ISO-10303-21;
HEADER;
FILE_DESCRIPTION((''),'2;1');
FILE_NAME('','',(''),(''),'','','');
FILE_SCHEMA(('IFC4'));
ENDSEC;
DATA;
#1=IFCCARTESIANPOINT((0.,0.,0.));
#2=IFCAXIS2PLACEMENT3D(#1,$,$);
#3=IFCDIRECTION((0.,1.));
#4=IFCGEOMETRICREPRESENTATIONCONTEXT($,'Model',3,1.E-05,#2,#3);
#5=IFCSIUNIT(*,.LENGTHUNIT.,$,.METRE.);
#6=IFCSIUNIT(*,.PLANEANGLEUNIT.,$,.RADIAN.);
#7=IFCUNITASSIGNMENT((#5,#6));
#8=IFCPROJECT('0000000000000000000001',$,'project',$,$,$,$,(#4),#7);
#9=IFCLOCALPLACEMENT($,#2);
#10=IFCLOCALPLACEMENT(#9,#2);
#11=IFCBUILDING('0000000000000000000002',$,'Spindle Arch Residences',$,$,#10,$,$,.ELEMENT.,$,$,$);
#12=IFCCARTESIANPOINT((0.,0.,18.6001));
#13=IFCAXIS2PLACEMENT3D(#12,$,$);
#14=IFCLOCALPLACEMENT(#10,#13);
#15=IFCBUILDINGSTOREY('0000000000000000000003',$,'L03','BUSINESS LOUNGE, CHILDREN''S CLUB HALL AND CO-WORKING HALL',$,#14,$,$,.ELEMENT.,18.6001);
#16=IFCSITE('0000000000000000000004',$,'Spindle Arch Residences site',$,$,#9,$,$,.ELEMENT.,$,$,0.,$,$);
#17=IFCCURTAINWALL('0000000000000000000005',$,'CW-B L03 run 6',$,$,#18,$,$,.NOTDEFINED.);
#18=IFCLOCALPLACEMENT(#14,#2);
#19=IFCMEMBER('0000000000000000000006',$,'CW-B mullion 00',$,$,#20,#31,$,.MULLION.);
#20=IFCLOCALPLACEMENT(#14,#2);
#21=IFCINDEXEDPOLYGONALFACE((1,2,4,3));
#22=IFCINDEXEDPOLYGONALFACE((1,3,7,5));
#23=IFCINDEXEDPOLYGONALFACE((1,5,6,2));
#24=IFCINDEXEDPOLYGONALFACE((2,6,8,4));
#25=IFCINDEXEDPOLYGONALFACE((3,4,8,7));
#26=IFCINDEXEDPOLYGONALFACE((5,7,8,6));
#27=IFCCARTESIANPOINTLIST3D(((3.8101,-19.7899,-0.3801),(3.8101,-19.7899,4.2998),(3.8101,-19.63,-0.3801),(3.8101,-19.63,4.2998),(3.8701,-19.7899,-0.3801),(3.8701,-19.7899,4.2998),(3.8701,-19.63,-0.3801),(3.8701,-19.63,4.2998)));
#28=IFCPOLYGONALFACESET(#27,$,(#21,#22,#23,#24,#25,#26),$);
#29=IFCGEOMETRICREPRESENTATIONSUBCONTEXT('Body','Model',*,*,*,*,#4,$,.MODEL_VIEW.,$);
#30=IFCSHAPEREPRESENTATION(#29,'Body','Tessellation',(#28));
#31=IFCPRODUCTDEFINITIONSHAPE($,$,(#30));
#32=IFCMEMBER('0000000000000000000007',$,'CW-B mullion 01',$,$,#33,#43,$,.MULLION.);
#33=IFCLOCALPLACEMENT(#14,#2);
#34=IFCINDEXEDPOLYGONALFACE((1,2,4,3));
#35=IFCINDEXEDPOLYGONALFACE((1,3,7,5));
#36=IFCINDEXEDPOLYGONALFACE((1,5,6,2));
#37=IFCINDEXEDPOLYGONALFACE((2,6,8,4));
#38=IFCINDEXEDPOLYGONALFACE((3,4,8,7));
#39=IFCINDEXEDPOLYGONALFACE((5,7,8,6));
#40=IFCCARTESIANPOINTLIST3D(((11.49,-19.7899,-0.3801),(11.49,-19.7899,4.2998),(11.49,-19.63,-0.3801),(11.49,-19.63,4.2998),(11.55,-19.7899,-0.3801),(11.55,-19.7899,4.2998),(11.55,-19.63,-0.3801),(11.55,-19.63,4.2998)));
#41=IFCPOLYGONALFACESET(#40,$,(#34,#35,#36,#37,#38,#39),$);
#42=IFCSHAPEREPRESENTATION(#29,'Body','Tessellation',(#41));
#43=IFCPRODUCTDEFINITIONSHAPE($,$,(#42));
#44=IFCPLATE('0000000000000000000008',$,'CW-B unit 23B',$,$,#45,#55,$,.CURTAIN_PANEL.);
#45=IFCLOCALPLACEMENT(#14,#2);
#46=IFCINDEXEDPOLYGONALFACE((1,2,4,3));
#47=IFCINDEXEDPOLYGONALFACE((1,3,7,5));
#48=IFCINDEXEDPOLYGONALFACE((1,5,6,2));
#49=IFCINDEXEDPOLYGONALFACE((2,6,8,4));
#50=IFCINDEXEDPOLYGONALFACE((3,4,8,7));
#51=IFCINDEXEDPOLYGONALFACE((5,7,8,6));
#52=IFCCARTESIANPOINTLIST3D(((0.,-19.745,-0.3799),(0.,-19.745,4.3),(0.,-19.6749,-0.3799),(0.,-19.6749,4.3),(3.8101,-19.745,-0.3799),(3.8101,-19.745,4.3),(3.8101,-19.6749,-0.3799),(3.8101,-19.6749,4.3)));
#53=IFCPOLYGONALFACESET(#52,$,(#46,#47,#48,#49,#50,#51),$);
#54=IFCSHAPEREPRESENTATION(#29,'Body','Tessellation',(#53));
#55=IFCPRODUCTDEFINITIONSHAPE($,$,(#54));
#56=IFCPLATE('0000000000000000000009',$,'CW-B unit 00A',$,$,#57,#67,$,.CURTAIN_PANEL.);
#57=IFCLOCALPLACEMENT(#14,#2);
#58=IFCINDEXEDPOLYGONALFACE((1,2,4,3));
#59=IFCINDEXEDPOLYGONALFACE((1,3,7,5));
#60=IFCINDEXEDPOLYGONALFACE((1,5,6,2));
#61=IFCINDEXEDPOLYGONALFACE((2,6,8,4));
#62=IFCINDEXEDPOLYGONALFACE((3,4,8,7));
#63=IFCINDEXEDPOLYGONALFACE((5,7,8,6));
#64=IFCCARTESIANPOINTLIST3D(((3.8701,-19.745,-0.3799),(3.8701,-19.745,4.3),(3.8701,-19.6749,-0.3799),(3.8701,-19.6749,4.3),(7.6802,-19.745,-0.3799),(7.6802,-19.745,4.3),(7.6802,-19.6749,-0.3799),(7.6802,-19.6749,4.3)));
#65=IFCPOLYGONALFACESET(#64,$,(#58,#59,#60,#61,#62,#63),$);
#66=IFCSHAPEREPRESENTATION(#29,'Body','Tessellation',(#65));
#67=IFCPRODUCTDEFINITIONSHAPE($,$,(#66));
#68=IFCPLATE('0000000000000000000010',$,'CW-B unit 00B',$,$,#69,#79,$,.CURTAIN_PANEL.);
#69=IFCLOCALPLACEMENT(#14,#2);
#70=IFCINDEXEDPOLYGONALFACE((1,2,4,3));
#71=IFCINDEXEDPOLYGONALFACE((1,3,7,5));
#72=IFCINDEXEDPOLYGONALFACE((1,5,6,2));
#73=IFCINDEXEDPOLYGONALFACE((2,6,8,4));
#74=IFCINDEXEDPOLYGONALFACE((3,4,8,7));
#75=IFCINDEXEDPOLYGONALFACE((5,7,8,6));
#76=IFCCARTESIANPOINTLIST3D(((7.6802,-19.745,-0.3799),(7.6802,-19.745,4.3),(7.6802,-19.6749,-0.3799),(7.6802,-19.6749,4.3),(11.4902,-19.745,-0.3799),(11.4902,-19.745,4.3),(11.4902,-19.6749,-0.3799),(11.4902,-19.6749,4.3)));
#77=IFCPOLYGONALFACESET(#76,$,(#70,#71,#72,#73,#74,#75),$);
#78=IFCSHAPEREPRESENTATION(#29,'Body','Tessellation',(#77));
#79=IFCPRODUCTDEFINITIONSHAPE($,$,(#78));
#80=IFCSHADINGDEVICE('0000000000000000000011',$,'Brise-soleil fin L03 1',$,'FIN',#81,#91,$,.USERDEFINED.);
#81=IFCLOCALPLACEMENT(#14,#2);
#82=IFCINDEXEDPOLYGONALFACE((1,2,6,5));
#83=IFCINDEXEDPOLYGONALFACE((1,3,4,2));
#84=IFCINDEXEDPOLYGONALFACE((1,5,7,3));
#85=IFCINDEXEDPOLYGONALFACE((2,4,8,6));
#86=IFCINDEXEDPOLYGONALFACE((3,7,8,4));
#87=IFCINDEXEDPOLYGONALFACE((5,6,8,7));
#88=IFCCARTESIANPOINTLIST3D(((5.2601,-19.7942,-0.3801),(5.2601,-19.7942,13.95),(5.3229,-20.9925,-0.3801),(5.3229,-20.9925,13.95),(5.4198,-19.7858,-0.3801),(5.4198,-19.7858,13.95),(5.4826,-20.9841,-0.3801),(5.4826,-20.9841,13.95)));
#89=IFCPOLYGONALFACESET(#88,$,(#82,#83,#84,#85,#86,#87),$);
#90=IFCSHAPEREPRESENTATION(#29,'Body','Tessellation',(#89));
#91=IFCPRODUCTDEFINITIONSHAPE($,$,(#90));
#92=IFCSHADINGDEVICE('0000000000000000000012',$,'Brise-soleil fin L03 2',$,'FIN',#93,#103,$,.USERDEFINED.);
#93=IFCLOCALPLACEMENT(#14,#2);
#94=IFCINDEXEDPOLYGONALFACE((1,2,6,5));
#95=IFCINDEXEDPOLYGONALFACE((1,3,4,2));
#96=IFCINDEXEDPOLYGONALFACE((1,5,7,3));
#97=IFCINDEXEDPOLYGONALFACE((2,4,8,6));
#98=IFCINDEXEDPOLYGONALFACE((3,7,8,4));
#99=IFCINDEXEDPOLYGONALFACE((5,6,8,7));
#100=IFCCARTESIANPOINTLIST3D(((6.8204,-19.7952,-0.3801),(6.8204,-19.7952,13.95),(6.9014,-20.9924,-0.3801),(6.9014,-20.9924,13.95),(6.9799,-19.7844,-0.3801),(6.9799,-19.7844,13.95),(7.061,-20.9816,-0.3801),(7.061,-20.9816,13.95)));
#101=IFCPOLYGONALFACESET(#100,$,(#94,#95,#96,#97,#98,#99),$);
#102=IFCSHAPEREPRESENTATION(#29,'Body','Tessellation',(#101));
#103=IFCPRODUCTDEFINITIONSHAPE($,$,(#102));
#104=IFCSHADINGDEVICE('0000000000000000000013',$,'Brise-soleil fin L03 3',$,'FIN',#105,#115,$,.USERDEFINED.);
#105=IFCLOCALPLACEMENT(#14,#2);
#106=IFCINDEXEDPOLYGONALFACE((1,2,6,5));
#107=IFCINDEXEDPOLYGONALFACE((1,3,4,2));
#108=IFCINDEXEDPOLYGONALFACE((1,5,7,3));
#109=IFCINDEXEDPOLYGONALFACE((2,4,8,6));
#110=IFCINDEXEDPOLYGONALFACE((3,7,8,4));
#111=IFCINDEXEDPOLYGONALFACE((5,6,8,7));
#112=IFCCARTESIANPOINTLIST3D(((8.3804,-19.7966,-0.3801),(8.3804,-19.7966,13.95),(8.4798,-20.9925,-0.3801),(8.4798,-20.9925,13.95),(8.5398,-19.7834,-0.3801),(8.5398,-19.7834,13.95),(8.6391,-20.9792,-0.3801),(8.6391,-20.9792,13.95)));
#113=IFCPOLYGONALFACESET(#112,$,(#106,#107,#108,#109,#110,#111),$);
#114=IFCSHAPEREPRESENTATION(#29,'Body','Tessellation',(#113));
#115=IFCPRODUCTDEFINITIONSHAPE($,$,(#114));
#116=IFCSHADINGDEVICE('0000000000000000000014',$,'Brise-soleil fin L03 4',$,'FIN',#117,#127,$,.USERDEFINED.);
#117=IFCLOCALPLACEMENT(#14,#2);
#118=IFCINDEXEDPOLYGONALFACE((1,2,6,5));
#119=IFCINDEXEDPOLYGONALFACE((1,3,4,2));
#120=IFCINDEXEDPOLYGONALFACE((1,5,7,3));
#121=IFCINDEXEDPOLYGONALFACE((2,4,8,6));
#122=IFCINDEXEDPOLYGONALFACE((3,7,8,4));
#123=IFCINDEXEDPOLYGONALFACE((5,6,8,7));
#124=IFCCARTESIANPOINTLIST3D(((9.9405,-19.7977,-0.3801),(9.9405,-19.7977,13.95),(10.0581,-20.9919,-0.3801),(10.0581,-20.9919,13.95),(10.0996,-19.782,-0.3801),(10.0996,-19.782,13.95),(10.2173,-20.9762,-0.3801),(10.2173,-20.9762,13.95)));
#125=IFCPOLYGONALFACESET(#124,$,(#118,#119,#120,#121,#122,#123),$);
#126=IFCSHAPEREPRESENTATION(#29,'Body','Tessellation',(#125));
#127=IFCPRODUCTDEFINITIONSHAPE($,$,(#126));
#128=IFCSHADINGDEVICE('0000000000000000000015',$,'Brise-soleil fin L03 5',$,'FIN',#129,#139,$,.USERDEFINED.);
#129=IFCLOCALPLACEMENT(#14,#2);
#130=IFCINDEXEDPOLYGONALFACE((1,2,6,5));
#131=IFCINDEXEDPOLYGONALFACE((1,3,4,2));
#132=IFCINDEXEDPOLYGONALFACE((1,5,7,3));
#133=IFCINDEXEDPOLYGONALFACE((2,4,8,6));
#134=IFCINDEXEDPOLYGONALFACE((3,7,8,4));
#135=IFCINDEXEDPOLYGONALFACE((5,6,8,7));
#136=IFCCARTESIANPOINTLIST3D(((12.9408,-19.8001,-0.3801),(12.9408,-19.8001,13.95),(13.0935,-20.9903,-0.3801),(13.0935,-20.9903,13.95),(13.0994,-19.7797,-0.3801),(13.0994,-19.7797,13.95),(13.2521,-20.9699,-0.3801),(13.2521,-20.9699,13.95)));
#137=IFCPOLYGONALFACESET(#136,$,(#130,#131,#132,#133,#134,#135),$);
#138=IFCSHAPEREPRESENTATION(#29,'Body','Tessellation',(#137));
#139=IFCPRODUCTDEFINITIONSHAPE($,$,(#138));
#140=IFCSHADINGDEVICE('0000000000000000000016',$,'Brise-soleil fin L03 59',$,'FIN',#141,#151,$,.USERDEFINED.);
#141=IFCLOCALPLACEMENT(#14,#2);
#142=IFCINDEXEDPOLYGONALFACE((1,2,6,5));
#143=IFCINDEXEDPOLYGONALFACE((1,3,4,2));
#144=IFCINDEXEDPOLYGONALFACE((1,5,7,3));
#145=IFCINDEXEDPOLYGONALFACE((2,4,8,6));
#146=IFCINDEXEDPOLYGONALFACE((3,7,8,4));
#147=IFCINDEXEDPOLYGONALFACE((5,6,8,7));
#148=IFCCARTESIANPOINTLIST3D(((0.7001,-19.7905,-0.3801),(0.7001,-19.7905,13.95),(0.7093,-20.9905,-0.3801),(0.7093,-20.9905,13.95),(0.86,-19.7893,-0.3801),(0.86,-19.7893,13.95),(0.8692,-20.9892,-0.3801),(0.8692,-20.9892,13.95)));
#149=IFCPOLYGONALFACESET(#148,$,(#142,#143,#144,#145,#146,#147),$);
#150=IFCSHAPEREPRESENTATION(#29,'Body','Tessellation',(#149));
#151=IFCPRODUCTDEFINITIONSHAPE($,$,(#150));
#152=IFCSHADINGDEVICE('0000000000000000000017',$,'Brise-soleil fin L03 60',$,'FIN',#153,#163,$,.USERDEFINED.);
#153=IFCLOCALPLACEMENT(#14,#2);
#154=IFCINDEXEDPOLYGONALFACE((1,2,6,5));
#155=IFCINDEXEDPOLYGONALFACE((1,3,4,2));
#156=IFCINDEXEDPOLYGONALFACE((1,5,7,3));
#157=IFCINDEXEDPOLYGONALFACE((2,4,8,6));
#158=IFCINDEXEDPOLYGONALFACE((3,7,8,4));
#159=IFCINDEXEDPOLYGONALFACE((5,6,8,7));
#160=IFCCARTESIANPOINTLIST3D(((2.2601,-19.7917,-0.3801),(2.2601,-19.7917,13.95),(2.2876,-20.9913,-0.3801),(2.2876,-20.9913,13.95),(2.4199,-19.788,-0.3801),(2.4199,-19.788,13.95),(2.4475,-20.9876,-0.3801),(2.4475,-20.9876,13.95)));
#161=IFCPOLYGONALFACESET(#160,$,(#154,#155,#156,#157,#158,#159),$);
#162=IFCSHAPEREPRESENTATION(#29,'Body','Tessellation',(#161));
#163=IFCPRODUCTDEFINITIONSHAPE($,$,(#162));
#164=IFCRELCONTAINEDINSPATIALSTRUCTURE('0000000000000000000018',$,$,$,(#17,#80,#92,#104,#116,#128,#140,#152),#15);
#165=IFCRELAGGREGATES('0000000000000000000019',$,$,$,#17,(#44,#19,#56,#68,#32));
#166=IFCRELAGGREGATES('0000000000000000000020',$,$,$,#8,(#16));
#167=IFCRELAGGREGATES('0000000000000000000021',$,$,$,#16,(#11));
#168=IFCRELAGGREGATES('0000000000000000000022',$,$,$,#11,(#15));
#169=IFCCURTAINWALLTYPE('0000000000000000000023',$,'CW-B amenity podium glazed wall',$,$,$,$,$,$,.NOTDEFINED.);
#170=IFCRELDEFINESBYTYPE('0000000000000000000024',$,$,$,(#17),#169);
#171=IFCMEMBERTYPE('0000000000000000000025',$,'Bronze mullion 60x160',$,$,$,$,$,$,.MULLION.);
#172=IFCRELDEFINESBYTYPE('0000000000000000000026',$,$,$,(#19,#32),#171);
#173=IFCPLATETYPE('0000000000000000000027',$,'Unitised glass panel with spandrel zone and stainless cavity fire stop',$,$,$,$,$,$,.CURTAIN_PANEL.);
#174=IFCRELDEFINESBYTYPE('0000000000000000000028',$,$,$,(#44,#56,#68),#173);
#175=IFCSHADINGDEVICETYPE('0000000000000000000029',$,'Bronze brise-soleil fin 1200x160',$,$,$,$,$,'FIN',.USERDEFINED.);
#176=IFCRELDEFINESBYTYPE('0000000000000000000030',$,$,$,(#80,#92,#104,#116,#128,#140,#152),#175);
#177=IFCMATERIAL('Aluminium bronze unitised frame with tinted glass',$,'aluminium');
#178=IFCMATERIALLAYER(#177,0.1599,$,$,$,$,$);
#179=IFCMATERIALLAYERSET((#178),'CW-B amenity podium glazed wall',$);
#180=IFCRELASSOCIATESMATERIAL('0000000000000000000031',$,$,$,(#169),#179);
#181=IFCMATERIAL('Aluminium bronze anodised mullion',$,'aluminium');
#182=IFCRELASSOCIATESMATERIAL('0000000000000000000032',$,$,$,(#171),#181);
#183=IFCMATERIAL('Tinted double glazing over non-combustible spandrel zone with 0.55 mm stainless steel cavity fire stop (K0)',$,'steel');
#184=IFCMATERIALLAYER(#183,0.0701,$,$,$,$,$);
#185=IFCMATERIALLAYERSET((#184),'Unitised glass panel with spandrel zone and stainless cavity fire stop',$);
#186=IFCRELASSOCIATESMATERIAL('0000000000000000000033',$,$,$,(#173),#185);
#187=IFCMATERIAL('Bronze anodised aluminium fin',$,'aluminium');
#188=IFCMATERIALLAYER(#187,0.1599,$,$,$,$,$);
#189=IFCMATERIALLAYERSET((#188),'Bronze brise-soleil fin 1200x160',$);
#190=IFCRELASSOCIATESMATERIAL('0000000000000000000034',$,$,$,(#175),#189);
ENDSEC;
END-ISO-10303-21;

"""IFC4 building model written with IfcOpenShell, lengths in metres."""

from ifc_helpers import new_model, si_unit, direction, frame, origin, origin_2d, place, context, subcontext, project, spatial, rectangle, extrude, material, layer, layer_set, material_profile, profile_set, type_object, element, aggregate, save


model = new_model("IFC4")

# Units and contexts
model_context = context("Model", 3, precision=1e-05, world=origin(), true_north=direction((0.0, 1.0)))
body_context = subcontext(model_context, "Body", "Model", "MODEL_VIEW")
ifc_project = project(units=[si_unit("LENGTHUNIT", "METRE"), si_unit("PLANEANGLEUNIT", "RADIAN")], contexts=[model_context])

# Site, building, storey
site_placement = place(None, origin())
site = spatial("IfcSite", under=ifc_project, at=site_placement, Name="Spindle Arch Residences site", CompositionType="ELEMENT", RefElevation=0.0)
building_placement = place(site_placement, origin())
building = spatial("IfcBuilding", under=site, at=building_placement, Name="Spindle Arch Residences", CompositionType="ELEMENT")
storey_placement = place(building_placement, frame((0.0, 0.0, 18.6001)))
storey = spatial("IfcBuildingStorey", under=building, at=storey_placement, Name="L03", Description="BUSINESS LOUNGE, CHILDREN'S CLUB HALL AND CO-WORKING HALL", CompositionType="ELEMENT", Elevation=18.6001)

# Curtain wall, members, plates
ifc_material_1 = material(Name="Aluminium bronze unitised frame with tinted glass", Category="aluminium")
ifc_layer_1 = layer(ifc_material_1, 0.1599)
ifc_layer_set_1 = layer_set([ifc_layer_1], Name="CW-B amenity podium glazed wall")
curtain_wall_type = type_object("IfcCurtainWallType", Name="CW-B amenity podium glazed wall", PredefinedType="NOTDEFINED", material=ifc_layer_set_1)
curtain_wall_placement = place(storey_placement, origin())
curtain_wall = element("IfcCurtainWall", 1, at=curtain_wall_placement, inside=storey, type_object=curtain_wall_type, Name="CW-B L03 run 6", PredefinedType="NOTDEFINED")
ifc_material_2 = material(Name="Aluminium bronze anodised mullion", Category="aluminium")
ifc_material_profile_1 = material_profile(ifc_material_2, rectangle(XDim=0.1599, YDim=0.0601, at=origin_2d()), Name="MU 60x160")
ifc_profile_set_1 = profile_set([ifc_material_profile_1], Name="Aluminium bronze anodised mullion")
member_type_1 = type_object("IfcMemberType", Name="Bronze mullion 60x160", PredefinedType="MULLION", material=ifc_profile_set_1)
member_1_placement = place(storey_placement, frame((3.8401, -19.71, -0.3801), z_axis=(0.0, 0.0, 1.0), x_axis=(0.0, 1.0, 0.0)))
member_1 = element("IfcMember", 2, at=member_1_placement, type_object=member_type_1, Name="CW-B mullion 00", PredefinedType="MULLION", context=body_context, shape_type="SweptSolid", body=[
    extrude(rectangle(XDim=0.1599, YDim=0.0601, at=origin_2d()), origin(), (0.0, 0.0, 1.0), 4.6799),
])
member_2_placement = place(storey_placement, frame((11.52, -19.71, -0.3801), z_axis=(0.0, 0.0, 1.0), x_axis=(0.0, 1.0, 0.0)))
member_2 = element("IfcMember", 3, at=member_2_placement, type_object=member_type_1, Name="CW-B mullion 01", PredefinedType="MULLION", context=body_context, shape_type="SweptSolid", body=[
    extrude(rectangle(XDim=0.1599, YDim=0.0601, at=origin_2d()), origin(), (0.0, 0.0, 1.0), 4.6799),
])
ifc_material_3 = material(Name="Tinted double glazing over non-combustible spandrel zone with 0.55 mm stainless steel cavity fire stop (K0)", Category="steel")
ifc_layer_2 = layer(ifc_material_3, 0.0701)
ifc_layer_set_2 = layer_set([ifc_layer_2], Name="Unitised glass panel with spandrel zone and stainless cavity fire stop")
plate_type = type_object("IfcPlateType", Name="Unitised glass panel with spandrel zone and stainless cavity fire stop", PredefinedType="CURTAIN_PANEL", material=ifc_layer_set_2)
plate_1_placement = place(storey_placement, frame((1.905, -19.71, -0.3799), z_axis=(0.0, 0.0, 1.0), x_axis=(1.0, 0.0, 0.0)))
plate_1 = element("IfcPlate", 4, at=plate_1_placement, type_object=plate_type, Name="CW-B unit 23B", PredefinedType="CURTAIN_PANEL", context=body_context, shape_type="SweptSolid", body=[
    extrude(rectangle(XDim=3.8101, YDim=0.0701, at=origin_2d()), origin(), (0.0, 0.0, 1.0), 4.6799),
])
plate_2_placement = place(storey_placement, frame((5.7751, -19.71, -0.3799), z_axis=(0.0, 0.0, 1.0), x_axis=(1.0, 0.0, 0.0)))
plate_2 = element("IfcPlate", 5, at=plate_2_placement, type_object=plate_type, Name="CW-B unit 00A", PredefinedType="CURTAIN_PANEL", context=body_context, shape_type="SweptSolid", body=[
    extrude(rectangle(XDim=3.8101, YDim=0.0701, at=origin_2d()), origin(), (0.0, 0.0, 1.0), 4.6799),
])
plate_3_placement = place(storey_placement, frame((9.5852, -19.71, -0.3799), z_axis=(0.0, 0.0, 1.0), x_axis=(1.0, 0.0, 0.0)))
plate_3 = element("IfcPlate", 6, at=plate_3_placement, type_object=plate_type, Name="CW-B unit 00B", PredefinedType="CURTAIN_PANEL", context=body_context, shape_type="SweptSolid", body=[
    extrude(rectangle(XDim=3.8101, YDim=0.0701, at=origin_2d()), origin(), (0.0, 0.0, 1.0), 4.6799),
])
aggregate(curtain_wall, [plate_1, member_1, plate_2, plate_3, member_2])

# Shading devices
ifc_material_4 = material(Name="Bronze anodised aluminium fin", Category="aluminium")
ifc_layer_3 = layer(ifc_material_4, 0.1599)
ifc_layer_set_3 = layer_set([ifc_layer_3], Name="Bronze brise-soleil fin 1200x160")
shading_device_type = type_object("IfcShadingDeviceType", Name="Bronze brise-soleil fin 1200x160", ElementType="FIN", PredefinedType="USERDEFINED", material=ifc_layer_set_3)
for number, where, z_axis, x_axis, name in (
    (7, (5.3713, -20.3892, -0.3801), (0.0, 0.0, 1.0), (0.052314, -0.998631, 0.0), "Brise-soleil fin L03 1"),
    (8, (6.9407, -20.3884, -0.3801), (0.0, 0.0, 1.0), (0.067576, -0.997714, 0.0), "Brise-soleil fin L03 2"),
    (9, (8.5098, -20.3879, -0.3801), (0.0, 0.0, 1.0), (0.082823, -0.996564, 0.0), "Brise-soleil fin L03 3"),
    (10, (10.0789, -20.387, -0.3801), (0.0, 0.0, 1.0), (0.09805, -0.995181, 0.0), "Brise-soleil fin L03 4"),
    (11, (13.0964, -20.385, -0.3801), (0.0, 0.0, 1.0), (0.127265, -0.991869, 0.0), "Brise-soleil fin L03 5"),
    (12, (0.7847, -20.3899, -0.3801), (0.0, 0.0, 1.0), (0.007645, -0.999971, 0.0), "Brise-soleil fin L03 59"),
    (13, (2.3538, -20.3896, -0.3801), (0.0, 0.0, 1.0), (0.022933, -0.999737, 0.0), "Brise-soleil fin L03 60"),
):
    element("IfcShadingDevice", number, at=place(storey_placement, frame(where, z_axis=z_axis, x_axis=x_axis)), inside=storey, type_object=shading_device_type, Name=name, ObjectType="FIN", PredefinedType="USERDEFINED", context=body_context, shape_type="SweptSolid", body=[
        extrude(rectangle(XDim=1.2, YDim=0.1599, at=origin_2d()), origin(), (0.0, 0.0, 1.0), 14.3301),
    ])

save(model, "model.ifc")
